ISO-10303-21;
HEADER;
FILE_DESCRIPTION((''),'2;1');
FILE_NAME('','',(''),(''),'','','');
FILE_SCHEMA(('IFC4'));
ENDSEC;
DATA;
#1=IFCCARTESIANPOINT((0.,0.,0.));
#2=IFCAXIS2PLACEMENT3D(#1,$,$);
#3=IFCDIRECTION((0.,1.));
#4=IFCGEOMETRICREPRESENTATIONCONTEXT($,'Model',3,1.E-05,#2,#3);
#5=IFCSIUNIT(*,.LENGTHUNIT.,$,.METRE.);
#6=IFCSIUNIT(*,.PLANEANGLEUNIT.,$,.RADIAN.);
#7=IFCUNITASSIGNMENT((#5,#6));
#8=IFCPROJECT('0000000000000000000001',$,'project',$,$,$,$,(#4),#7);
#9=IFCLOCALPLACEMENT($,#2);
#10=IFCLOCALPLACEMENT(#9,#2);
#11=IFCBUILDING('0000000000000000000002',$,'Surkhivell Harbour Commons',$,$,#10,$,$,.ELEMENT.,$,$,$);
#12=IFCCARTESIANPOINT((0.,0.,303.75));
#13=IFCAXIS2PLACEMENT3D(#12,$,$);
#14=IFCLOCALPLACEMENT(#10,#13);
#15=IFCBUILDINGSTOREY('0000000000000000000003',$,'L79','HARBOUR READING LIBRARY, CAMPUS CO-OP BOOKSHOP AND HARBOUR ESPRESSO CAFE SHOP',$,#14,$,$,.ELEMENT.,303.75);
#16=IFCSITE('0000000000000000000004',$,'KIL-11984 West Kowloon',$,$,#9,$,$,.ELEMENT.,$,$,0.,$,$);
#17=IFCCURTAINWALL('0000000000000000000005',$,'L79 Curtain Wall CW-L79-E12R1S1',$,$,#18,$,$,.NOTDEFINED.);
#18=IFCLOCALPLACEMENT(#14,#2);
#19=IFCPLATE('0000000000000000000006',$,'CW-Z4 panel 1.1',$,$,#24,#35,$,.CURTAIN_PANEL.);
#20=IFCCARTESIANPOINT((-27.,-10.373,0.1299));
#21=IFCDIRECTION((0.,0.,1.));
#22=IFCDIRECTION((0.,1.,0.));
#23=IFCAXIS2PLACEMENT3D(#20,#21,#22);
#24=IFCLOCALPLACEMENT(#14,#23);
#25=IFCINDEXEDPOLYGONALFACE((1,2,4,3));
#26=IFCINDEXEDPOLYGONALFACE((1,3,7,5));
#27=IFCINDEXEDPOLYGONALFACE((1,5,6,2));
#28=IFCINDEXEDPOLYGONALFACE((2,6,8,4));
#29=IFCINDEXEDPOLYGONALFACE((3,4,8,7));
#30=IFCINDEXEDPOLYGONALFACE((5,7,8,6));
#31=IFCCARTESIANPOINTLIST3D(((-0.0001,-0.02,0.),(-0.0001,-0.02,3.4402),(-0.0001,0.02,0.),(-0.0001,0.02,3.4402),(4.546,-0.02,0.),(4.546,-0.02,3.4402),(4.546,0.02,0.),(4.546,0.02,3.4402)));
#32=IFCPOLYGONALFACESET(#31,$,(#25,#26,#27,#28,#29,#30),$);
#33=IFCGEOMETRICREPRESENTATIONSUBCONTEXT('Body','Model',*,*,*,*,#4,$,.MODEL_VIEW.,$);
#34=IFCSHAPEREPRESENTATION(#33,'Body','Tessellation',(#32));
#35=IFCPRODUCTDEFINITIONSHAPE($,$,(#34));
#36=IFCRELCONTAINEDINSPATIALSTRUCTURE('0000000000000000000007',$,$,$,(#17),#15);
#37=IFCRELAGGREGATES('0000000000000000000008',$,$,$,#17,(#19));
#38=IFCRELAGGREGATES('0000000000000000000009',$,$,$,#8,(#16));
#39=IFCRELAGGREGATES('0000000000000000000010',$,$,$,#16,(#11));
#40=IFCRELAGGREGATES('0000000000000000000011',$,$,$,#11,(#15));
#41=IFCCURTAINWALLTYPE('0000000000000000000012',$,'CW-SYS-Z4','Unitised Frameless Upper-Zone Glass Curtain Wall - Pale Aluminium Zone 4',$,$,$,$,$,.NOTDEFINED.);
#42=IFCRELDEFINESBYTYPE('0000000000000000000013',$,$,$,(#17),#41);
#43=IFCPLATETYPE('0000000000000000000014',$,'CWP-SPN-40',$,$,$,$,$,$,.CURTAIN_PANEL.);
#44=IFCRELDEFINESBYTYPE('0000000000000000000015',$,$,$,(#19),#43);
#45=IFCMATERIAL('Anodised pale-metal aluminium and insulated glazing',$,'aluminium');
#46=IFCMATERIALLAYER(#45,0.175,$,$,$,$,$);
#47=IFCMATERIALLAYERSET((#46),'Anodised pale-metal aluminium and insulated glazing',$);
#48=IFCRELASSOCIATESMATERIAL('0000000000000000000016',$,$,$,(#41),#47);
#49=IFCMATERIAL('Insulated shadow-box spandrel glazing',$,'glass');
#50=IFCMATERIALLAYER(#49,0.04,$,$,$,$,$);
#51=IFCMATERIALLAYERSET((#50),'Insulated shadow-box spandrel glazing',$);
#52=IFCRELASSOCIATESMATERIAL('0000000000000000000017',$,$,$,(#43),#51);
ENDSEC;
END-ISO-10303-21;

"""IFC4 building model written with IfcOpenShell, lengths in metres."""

from ifc_helpers import new_model, si_unit, direction, frame, frame_2d, origin, place, context, subcontext, project, spatial, rectangle, extrude, material, layer, layer_set, type_object, element, aggregate, save


model = new_model("IFC4")

# Units and contexts
model_context = context("Model", 3, precision=1e-05, world=origin(), true_north=direction((0.0, 1.0)))
body_context = subcontext(model_context, "Body", "Model", "MODEL_VIEW")
ifc_project = project(units=[si_unit("LENGTHUNIT", "METRE"), si_unit("PLANEANGLEUNIT", "RADIAN")], contexts=[model_context])

# Site, building, storey
site_placement = place(None, origin())
site = spatial("IfcSite", under=ifc_project, at=site_placement, Name="KIL-11984 West Kowloon", CompositionType="ELEMENT", RefElevation=0.0)
building_placement = place(site_placement, origin())
building = spatial("IfcBuilding", under=site, at=building_placement, Name="Surkhivell Harbour Commons", CompositionType="ELEMENT")
storey_placement = place(building_placement, frame((0.0, 0.0, 303.75)))
storey = spatial("IfcBuildingStorey", under=building, at=storey_placement, Name="L79", Description="HARBOUR READING LIBRARY, CAMPUS CO-OP BOOKSHOP AND HARBOUR ESPRESSO CAFE SHOP", CompositionType="ELEMENT", Elevation=303.75)

# Curtain wall
ifc_material_1 = material(Name="Anodised pale-metal aluminium and insulated glazing", Category="aluminium")
ifc_layer_1 = layer(ifc_material_1, 0.175)
ifc_layer_set_1 = layer_set([ifc_layer_1], Name="Anodised pale-metal aluminium and insulated glazing")
curtain_wall_type = type_object("IfcCurtainWallType", Name="CW-SYS-Z4", Description="Unitised Frameless Upper-Zone Glass Curtain Wall - Pale Aluminium Zone 4", PredefinedType="NOTDEFINED", material=ifc_layer_set_1)
curtain_wall_placement = place(storey_placement, origin())
curtain_wall = element("IfcCurtainWall", 1, at=curtain_wall_placement, inside=storey, type_object=curtain_wall_type, Name="L79 Curtain Wall CW-L79-E12R1S1", PredefinedType="NOTDEFINED")

# Plate
ifc_material_2 = material(Name="Insulated shadow-box spandrel glazing", Category="glass")
ifc_layer_2 = layer(ifc_material_2, 0.04)
ifc_layer_set_2 = layer_set([ifc_layer_2], Name="Insulated shadow-box spandrel glazing")
plate_type_1 = type_object("IfcPlateType", Name="CWP-SPN-40", PredefinedType="CURTAIN_PANEL", material=ifc_layer_set_2)
plate_1_placement = place(storey_placement, frame((-27.0, -10.373, 0.1299), z_axis=(0.0, 0.0, 1.0), x_axis=(0.0, 1.0, 0.0)))
plate_1 = element("IfcPlate", 2, at=plate_1_placement, type_object=plate_type_1, Name="CW-Z4 panel 1.1", PredefinedType="CURTAIN_PANEL", context=body_context, shape_type="SweptSolid", body=[
    extrude(rectangle(XDim=4.5461, YDim=0.04, at=frame_2d((2.2729, 0.0))), origin(), (0.0, 0.0, 1.0), 3.4402),
])
aggregate(curtain_wall, [plate_1])

save(model, "model.ifc")
